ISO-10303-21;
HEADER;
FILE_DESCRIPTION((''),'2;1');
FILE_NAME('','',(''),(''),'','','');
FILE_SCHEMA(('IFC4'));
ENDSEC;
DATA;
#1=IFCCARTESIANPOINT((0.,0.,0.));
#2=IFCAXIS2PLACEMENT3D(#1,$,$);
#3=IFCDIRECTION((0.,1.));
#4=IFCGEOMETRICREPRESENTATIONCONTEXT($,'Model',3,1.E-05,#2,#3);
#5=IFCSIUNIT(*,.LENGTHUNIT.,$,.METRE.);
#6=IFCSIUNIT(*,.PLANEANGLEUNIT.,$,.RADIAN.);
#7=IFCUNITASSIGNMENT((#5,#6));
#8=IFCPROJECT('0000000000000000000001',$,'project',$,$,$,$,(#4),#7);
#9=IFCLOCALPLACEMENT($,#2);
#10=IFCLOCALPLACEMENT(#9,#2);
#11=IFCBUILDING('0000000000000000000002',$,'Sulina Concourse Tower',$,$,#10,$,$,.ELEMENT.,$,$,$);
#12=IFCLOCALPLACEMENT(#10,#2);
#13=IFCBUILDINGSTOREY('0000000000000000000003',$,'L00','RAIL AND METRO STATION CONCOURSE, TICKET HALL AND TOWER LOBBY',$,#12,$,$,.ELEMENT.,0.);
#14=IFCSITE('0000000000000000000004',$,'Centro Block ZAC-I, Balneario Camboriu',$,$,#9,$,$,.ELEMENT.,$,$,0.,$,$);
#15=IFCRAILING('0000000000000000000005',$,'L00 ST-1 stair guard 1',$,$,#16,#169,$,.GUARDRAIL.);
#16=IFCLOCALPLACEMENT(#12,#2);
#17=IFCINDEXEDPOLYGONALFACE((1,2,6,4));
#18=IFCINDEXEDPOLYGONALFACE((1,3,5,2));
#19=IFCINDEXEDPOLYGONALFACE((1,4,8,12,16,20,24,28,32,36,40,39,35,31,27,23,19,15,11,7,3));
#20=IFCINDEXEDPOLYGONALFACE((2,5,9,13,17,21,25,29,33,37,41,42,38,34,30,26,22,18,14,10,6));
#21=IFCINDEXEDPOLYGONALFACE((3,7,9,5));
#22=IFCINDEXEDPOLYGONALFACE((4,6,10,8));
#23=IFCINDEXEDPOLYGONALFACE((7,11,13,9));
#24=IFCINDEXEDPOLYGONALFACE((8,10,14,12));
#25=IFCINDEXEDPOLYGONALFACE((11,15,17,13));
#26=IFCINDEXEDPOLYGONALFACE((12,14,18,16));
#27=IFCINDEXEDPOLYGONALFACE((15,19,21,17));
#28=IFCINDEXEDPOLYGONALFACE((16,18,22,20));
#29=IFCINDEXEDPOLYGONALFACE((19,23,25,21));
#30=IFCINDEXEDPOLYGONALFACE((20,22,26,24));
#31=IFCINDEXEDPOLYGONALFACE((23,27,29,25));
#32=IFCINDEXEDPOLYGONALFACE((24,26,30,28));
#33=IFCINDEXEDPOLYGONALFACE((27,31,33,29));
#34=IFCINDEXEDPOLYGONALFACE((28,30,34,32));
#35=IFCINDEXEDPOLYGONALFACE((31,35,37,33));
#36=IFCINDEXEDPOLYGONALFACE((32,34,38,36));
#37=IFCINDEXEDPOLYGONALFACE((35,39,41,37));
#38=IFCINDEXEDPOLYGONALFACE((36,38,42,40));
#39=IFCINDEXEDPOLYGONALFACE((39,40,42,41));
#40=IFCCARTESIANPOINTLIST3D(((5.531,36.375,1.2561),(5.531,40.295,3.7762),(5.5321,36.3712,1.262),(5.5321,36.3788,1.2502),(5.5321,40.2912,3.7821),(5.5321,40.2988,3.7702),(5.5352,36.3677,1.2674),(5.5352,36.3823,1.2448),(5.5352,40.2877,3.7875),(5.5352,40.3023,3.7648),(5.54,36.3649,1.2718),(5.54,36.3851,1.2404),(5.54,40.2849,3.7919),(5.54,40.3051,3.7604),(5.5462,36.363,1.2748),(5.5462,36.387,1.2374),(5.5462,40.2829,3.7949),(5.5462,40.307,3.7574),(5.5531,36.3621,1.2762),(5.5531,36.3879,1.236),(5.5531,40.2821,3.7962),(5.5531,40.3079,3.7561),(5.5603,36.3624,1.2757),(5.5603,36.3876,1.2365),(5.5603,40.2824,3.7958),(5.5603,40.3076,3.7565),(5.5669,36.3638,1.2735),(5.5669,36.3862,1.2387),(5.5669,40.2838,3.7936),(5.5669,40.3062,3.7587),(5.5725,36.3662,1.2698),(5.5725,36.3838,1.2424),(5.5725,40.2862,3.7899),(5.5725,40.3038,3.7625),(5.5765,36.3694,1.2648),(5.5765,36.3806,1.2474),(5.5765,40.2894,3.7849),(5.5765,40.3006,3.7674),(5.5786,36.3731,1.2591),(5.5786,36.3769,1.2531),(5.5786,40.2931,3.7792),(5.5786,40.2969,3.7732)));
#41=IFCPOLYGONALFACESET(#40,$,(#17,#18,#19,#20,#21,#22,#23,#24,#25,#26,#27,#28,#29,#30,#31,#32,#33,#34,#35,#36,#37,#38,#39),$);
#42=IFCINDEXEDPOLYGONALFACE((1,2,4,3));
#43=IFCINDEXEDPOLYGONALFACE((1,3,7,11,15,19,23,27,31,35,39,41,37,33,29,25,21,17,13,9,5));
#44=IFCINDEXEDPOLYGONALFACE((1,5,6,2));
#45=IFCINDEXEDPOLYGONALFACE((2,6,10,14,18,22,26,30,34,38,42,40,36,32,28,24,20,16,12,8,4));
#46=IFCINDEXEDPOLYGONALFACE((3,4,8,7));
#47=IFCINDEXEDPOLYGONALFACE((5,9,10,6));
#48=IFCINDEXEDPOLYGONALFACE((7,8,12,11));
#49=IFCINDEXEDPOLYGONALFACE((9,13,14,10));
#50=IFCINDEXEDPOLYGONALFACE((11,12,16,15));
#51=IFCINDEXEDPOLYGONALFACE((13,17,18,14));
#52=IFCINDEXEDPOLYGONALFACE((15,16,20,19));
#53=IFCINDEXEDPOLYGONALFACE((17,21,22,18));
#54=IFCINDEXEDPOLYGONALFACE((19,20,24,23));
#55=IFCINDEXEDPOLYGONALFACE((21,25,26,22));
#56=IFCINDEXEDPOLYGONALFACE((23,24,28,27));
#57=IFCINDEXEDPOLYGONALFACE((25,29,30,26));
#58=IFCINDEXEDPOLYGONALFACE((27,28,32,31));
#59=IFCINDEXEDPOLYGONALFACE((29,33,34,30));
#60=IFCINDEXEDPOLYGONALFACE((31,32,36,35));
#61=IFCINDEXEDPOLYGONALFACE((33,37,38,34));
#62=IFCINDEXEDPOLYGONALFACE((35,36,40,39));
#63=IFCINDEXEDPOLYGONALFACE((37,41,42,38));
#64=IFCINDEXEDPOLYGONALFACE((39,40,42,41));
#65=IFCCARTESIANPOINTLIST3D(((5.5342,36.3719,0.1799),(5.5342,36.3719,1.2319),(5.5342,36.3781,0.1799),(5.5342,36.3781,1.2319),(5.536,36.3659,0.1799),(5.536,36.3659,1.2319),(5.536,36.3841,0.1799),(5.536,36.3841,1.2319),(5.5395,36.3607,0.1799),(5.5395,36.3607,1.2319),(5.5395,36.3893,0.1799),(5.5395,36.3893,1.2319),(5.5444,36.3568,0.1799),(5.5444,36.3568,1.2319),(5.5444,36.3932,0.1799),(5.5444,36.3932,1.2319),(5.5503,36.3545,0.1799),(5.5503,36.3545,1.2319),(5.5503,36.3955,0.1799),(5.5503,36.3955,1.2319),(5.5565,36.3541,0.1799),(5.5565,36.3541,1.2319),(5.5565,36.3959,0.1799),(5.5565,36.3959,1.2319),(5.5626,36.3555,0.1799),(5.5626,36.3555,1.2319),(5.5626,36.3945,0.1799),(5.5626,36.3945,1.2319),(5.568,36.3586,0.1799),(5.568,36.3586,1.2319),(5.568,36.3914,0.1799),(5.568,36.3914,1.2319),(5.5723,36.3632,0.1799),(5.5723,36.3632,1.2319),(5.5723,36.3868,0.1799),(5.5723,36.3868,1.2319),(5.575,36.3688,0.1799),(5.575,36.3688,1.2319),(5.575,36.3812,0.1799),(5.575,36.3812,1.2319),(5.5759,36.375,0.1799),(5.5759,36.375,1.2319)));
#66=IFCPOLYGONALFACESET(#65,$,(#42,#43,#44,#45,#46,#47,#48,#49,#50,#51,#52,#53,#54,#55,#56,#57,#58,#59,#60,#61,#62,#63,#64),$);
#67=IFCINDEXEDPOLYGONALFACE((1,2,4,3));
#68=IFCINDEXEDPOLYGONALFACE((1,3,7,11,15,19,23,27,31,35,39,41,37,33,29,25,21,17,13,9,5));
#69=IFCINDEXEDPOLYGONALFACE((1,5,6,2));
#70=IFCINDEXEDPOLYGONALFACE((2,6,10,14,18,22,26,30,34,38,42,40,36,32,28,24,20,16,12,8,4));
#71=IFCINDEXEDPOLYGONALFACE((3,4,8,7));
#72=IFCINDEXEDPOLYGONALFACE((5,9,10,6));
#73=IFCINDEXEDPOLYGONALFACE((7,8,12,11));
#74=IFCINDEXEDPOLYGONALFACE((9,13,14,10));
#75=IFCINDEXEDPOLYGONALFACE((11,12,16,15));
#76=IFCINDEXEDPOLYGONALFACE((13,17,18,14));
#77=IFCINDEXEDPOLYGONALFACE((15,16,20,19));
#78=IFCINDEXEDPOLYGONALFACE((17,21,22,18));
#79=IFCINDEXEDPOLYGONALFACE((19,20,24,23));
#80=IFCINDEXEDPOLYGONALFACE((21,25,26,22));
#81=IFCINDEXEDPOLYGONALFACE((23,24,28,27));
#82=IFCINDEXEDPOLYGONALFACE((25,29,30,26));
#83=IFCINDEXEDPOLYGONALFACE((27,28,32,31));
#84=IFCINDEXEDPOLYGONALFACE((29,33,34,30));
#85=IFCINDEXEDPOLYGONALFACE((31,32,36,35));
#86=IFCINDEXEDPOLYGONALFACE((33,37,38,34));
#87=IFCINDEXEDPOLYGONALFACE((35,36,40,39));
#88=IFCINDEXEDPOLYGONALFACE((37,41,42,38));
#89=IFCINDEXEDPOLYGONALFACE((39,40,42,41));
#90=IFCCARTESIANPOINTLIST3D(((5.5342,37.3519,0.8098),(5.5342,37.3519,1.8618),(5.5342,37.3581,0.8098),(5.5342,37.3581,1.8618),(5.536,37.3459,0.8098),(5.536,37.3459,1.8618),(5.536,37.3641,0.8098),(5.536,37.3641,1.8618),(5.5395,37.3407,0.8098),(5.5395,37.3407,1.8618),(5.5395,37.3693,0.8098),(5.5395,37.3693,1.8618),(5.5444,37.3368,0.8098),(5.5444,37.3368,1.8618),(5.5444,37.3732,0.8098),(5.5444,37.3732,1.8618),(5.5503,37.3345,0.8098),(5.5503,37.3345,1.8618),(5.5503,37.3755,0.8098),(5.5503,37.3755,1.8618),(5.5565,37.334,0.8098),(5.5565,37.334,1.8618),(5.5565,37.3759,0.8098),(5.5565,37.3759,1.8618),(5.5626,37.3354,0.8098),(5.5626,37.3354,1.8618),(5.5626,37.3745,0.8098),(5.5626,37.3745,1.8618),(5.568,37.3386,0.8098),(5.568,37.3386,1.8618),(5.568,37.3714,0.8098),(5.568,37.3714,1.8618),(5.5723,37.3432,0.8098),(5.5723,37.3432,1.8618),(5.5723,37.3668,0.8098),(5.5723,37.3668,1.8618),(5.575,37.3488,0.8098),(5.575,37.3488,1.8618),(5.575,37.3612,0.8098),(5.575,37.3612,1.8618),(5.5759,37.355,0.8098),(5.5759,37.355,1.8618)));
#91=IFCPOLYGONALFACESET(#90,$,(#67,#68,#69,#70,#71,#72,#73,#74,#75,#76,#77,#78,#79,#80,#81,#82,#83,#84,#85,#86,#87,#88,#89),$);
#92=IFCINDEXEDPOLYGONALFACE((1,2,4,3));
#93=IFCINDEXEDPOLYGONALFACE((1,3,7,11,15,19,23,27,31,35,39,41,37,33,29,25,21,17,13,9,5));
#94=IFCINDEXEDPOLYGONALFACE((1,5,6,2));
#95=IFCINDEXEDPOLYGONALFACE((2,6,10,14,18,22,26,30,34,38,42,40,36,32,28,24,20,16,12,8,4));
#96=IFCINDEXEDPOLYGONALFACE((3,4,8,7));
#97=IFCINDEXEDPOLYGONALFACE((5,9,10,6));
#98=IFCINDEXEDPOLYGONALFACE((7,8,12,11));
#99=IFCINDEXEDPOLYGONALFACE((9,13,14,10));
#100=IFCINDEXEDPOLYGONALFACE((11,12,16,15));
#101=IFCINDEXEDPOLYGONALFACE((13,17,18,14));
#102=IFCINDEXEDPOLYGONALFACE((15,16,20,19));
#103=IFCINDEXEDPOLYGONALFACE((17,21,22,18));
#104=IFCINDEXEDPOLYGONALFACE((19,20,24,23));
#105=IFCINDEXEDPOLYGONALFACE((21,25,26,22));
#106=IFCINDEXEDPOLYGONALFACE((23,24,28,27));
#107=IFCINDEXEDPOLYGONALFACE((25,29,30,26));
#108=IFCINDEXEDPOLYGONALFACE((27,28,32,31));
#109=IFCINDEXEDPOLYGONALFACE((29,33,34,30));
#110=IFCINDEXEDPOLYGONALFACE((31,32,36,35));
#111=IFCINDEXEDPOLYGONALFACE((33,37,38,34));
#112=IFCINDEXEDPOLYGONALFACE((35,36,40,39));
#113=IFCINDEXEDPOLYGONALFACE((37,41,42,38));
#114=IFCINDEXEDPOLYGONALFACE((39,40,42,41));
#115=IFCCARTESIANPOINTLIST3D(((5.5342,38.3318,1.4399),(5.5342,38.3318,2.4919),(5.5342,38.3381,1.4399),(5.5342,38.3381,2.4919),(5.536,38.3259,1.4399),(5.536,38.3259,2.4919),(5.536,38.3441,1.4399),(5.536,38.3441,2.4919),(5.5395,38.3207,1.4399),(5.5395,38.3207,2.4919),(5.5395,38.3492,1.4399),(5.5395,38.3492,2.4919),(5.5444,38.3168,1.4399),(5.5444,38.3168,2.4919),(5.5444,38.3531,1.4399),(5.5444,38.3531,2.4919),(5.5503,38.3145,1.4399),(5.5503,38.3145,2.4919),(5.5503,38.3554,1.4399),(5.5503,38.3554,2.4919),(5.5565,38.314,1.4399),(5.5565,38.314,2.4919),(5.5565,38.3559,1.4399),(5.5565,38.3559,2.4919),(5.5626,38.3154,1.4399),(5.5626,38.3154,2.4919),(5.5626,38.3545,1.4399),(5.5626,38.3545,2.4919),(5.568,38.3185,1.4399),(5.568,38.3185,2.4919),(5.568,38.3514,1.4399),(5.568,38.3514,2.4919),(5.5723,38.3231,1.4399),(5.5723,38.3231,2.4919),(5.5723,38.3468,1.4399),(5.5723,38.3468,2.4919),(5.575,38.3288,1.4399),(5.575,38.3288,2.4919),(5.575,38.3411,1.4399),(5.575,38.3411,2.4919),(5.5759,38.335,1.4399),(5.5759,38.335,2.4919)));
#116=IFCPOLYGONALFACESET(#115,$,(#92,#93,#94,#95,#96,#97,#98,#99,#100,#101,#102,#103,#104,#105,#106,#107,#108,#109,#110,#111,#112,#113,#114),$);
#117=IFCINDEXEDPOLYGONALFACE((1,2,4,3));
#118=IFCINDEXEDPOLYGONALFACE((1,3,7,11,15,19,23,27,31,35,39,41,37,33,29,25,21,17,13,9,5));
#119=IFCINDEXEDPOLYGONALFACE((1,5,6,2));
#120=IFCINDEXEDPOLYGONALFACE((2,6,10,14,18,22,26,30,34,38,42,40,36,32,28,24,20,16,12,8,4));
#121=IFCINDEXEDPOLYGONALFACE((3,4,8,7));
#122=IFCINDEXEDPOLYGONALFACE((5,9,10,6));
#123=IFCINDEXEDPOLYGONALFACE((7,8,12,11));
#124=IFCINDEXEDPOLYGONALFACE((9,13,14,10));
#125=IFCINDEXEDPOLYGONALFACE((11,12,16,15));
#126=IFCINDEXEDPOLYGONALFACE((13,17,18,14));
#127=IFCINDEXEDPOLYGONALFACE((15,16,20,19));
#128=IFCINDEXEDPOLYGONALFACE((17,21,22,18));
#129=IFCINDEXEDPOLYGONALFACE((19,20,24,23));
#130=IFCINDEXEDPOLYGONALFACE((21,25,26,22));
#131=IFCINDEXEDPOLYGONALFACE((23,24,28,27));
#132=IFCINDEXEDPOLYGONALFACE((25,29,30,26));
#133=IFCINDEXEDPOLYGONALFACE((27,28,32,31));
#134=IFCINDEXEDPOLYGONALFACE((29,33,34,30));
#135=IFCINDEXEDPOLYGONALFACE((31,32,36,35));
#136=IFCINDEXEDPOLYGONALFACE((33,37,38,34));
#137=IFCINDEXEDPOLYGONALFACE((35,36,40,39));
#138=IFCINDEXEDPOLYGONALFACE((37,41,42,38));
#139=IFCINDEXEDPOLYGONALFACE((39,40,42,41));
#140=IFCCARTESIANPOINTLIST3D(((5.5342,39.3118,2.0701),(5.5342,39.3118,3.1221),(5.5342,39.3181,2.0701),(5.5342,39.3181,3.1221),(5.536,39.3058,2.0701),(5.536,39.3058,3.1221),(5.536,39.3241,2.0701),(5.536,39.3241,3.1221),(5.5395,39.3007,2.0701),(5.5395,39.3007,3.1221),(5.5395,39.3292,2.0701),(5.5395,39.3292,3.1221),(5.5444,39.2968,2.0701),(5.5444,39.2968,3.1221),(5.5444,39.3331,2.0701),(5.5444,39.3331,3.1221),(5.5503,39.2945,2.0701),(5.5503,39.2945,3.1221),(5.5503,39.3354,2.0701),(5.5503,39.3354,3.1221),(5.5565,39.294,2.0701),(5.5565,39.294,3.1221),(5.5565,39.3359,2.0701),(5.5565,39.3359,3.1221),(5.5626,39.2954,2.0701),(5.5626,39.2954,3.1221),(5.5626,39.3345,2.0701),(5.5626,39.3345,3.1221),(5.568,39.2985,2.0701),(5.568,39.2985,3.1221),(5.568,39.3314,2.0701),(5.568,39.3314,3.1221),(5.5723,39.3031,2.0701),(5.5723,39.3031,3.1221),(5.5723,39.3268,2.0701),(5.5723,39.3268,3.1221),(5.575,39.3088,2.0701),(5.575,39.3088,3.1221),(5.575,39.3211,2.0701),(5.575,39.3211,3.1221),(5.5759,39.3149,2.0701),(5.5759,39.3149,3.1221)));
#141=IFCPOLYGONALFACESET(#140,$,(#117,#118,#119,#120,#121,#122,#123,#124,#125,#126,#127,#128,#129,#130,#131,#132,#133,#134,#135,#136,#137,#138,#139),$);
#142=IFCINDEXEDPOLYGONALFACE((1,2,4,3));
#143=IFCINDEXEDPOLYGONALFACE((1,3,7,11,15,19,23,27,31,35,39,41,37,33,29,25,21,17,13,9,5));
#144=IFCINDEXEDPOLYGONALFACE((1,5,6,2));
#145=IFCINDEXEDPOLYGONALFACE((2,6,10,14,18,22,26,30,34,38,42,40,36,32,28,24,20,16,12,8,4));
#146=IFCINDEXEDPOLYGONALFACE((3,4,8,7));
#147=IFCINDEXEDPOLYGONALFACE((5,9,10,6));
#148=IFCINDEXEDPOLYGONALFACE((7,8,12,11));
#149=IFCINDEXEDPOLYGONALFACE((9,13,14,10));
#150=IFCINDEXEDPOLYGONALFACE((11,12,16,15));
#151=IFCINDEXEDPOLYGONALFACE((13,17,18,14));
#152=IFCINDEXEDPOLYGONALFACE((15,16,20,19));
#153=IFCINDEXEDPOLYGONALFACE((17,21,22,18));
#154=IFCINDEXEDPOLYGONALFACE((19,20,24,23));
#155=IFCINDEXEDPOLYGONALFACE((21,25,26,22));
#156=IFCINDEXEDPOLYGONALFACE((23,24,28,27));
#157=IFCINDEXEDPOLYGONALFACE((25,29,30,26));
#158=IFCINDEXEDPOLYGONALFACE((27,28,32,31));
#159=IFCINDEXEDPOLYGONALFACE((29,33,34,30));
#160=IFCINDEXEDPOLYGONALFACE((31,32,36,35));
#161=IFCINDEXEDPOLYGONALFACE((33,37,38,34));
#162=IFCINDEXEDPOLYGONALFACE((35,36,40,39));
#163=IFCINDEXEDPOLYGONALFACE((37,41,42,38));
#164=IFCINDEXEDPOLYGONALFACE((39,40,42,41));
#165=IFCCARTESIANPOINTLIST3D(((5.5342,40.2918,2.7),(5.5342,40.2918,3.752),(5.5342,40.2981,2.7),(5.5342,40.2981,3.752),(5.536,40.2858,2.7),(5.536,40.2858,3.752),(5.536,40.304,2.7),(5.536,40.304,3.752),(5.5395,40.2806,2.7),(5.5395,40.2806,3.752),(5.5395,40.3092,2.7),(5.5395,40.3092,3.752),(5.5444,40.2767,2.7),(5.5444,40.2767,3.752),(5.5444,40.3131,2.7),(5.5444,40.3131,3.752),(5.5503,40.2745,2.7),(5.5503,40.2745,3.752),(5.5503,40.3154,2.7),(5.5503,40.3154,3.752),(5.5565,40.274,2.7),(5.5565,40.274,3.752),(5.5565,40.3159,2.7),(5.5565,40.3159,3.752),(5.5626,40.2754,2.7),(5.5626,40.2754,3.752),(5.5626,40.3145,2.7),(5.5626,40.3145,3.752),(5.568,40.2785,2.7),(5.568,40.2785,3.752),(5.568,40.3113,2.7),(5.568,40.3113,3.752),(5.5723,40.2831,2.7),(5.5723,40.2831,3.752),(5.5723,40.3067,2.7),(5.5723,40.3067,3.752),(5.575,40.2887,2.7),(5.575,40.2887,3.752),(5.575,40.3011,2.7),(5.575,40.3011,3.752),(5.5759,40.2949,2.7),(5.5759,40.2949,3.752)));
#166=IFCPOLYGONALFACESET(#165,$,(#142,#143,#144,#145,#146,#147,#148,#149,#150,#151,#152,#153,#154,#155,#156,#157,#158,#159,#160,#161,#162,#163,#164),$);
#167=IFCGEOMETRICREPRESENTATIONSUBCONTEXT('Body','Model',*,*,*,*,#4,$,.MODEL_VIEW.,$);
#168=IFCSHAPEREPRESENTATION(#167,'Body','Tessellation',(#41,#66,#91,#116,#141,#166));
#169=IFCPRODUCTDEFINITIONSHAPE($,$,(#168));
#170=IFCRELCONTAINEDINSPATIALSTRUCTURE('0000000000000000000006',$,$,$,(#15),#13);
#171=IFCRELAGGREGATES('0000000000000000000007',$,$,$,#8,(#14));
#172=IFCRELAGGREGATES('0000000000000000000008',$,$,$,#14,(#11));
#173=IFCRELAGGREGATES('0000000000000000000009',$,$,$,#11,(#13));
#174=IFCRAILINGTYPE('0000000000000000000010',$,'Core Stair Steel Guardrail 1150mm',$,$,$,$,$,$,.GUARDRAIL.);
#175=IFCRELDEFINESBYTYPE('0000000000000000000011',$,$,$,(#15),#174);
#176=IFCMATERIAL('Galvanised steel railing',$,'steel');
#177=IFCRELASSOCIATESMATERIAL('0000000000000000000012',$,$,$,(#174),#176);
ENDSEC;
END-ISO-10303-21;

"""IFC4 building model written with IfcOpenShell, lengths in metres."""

from ifc_helpers import new_model, si_unit, direction, frame, origin, origin_2d, place, context, subcontext, project, spatial, circle, extrude, material, type_object, element, save


model = new_model("IFC4")

# Units and contexts
model_context = context("Model", 3, precision=1e-05, world=origin(), true_north=direction((0.0, 1.0)))
body_context = subcontext(model_context, "Body", "Model", "MODEL_VIEW")
ifc_project = project(units=[si_unit("LENGTHUNIT", "METRE"), si_unit("PLANEANGLEUNIT", "RADIAN")], contexts=[model_context])

# Site, building, storey
site_placement = place(None, origin())
site = spatial("IfcSite", under=ifc_project, at=site_placement, Name="Centro Block ZAC-I, Balneario Camboriu", CompositionType="ELEMENT", RefElevation=0.0)
building_placement = place(site_placement, origin())
building = spatial("IfcBuilding", under=site, at=building_placement, Name="Sulina Concourse Tower", CompositionType="ELEMENT")
storey_placement = place(building_placement, origin())
storey = spatial("IfcBuildingStorey", under=building, at=storey_placement, Name="L00", Description="RAIL AND METRO STATION CONCOURSE, TICKET HALL AND TOWER LOBBY", CompositionType="ELEMENT", Elevation=0.0)

# Railing
ifc_material_1 = material(Name="Galvanised steel railing", Category="steel")
railing_type_1 = type_object("IfcRailingType", Name="Core Stair Steel Guardrail 1150mm", PredefinedType="GUARDRAIL", material=ifc_material_1)
railing_1_placement = place(storey_placement, frame((5.5549, 36.375, 0.1799)))
element("IfcRailing", 1, at=railing_1_placement, inside=storey, type_object=railing_type_1, Name="L00 ST-1 stair guard 1", PredefinedType="GUARDRAIL", context=body_context, shape_type="SweptSolid", body=[
    extrude(circle(Radius=0.0239, at=origin_2d()), frame((0.0, 0.0, 1.0762), z_axis=(0.0, 0.841172, 0.540768), x_axis=(-1.0, 0.0, 0.0)), (0.0, 0.0, 1.0), 4.6602),
    extrude(circle(Radius=0.021, at=origin_2d()), origin(), (0.0, 0.0, 1.0), 1.052),
    extrude(circle(Radius=0.021, at=origin_2d()), frame((0.0, 0.98, 0.6299)), (0.0, 0.0, 1.0), 1.052),
    extrude(circle(Radius=0.021, at=origin_2d()), frame((0.0, 1.96, 1.26)), (0.0, 0.0, 1.0), 1.052),
    extrude(circle(Radius=0.021, at=origin_2d()), frame((0.0, 2.9399, 1.8901)), (0.0, 0.0, 1.0), 1.052),
    extrude(circle(Radius=0.021, at=origin_2d()), frame((0.0, 3.9199, 2.52)), (0.0, 0.0, 1.0), 1.052),
])

save(model, "model.ifc")
